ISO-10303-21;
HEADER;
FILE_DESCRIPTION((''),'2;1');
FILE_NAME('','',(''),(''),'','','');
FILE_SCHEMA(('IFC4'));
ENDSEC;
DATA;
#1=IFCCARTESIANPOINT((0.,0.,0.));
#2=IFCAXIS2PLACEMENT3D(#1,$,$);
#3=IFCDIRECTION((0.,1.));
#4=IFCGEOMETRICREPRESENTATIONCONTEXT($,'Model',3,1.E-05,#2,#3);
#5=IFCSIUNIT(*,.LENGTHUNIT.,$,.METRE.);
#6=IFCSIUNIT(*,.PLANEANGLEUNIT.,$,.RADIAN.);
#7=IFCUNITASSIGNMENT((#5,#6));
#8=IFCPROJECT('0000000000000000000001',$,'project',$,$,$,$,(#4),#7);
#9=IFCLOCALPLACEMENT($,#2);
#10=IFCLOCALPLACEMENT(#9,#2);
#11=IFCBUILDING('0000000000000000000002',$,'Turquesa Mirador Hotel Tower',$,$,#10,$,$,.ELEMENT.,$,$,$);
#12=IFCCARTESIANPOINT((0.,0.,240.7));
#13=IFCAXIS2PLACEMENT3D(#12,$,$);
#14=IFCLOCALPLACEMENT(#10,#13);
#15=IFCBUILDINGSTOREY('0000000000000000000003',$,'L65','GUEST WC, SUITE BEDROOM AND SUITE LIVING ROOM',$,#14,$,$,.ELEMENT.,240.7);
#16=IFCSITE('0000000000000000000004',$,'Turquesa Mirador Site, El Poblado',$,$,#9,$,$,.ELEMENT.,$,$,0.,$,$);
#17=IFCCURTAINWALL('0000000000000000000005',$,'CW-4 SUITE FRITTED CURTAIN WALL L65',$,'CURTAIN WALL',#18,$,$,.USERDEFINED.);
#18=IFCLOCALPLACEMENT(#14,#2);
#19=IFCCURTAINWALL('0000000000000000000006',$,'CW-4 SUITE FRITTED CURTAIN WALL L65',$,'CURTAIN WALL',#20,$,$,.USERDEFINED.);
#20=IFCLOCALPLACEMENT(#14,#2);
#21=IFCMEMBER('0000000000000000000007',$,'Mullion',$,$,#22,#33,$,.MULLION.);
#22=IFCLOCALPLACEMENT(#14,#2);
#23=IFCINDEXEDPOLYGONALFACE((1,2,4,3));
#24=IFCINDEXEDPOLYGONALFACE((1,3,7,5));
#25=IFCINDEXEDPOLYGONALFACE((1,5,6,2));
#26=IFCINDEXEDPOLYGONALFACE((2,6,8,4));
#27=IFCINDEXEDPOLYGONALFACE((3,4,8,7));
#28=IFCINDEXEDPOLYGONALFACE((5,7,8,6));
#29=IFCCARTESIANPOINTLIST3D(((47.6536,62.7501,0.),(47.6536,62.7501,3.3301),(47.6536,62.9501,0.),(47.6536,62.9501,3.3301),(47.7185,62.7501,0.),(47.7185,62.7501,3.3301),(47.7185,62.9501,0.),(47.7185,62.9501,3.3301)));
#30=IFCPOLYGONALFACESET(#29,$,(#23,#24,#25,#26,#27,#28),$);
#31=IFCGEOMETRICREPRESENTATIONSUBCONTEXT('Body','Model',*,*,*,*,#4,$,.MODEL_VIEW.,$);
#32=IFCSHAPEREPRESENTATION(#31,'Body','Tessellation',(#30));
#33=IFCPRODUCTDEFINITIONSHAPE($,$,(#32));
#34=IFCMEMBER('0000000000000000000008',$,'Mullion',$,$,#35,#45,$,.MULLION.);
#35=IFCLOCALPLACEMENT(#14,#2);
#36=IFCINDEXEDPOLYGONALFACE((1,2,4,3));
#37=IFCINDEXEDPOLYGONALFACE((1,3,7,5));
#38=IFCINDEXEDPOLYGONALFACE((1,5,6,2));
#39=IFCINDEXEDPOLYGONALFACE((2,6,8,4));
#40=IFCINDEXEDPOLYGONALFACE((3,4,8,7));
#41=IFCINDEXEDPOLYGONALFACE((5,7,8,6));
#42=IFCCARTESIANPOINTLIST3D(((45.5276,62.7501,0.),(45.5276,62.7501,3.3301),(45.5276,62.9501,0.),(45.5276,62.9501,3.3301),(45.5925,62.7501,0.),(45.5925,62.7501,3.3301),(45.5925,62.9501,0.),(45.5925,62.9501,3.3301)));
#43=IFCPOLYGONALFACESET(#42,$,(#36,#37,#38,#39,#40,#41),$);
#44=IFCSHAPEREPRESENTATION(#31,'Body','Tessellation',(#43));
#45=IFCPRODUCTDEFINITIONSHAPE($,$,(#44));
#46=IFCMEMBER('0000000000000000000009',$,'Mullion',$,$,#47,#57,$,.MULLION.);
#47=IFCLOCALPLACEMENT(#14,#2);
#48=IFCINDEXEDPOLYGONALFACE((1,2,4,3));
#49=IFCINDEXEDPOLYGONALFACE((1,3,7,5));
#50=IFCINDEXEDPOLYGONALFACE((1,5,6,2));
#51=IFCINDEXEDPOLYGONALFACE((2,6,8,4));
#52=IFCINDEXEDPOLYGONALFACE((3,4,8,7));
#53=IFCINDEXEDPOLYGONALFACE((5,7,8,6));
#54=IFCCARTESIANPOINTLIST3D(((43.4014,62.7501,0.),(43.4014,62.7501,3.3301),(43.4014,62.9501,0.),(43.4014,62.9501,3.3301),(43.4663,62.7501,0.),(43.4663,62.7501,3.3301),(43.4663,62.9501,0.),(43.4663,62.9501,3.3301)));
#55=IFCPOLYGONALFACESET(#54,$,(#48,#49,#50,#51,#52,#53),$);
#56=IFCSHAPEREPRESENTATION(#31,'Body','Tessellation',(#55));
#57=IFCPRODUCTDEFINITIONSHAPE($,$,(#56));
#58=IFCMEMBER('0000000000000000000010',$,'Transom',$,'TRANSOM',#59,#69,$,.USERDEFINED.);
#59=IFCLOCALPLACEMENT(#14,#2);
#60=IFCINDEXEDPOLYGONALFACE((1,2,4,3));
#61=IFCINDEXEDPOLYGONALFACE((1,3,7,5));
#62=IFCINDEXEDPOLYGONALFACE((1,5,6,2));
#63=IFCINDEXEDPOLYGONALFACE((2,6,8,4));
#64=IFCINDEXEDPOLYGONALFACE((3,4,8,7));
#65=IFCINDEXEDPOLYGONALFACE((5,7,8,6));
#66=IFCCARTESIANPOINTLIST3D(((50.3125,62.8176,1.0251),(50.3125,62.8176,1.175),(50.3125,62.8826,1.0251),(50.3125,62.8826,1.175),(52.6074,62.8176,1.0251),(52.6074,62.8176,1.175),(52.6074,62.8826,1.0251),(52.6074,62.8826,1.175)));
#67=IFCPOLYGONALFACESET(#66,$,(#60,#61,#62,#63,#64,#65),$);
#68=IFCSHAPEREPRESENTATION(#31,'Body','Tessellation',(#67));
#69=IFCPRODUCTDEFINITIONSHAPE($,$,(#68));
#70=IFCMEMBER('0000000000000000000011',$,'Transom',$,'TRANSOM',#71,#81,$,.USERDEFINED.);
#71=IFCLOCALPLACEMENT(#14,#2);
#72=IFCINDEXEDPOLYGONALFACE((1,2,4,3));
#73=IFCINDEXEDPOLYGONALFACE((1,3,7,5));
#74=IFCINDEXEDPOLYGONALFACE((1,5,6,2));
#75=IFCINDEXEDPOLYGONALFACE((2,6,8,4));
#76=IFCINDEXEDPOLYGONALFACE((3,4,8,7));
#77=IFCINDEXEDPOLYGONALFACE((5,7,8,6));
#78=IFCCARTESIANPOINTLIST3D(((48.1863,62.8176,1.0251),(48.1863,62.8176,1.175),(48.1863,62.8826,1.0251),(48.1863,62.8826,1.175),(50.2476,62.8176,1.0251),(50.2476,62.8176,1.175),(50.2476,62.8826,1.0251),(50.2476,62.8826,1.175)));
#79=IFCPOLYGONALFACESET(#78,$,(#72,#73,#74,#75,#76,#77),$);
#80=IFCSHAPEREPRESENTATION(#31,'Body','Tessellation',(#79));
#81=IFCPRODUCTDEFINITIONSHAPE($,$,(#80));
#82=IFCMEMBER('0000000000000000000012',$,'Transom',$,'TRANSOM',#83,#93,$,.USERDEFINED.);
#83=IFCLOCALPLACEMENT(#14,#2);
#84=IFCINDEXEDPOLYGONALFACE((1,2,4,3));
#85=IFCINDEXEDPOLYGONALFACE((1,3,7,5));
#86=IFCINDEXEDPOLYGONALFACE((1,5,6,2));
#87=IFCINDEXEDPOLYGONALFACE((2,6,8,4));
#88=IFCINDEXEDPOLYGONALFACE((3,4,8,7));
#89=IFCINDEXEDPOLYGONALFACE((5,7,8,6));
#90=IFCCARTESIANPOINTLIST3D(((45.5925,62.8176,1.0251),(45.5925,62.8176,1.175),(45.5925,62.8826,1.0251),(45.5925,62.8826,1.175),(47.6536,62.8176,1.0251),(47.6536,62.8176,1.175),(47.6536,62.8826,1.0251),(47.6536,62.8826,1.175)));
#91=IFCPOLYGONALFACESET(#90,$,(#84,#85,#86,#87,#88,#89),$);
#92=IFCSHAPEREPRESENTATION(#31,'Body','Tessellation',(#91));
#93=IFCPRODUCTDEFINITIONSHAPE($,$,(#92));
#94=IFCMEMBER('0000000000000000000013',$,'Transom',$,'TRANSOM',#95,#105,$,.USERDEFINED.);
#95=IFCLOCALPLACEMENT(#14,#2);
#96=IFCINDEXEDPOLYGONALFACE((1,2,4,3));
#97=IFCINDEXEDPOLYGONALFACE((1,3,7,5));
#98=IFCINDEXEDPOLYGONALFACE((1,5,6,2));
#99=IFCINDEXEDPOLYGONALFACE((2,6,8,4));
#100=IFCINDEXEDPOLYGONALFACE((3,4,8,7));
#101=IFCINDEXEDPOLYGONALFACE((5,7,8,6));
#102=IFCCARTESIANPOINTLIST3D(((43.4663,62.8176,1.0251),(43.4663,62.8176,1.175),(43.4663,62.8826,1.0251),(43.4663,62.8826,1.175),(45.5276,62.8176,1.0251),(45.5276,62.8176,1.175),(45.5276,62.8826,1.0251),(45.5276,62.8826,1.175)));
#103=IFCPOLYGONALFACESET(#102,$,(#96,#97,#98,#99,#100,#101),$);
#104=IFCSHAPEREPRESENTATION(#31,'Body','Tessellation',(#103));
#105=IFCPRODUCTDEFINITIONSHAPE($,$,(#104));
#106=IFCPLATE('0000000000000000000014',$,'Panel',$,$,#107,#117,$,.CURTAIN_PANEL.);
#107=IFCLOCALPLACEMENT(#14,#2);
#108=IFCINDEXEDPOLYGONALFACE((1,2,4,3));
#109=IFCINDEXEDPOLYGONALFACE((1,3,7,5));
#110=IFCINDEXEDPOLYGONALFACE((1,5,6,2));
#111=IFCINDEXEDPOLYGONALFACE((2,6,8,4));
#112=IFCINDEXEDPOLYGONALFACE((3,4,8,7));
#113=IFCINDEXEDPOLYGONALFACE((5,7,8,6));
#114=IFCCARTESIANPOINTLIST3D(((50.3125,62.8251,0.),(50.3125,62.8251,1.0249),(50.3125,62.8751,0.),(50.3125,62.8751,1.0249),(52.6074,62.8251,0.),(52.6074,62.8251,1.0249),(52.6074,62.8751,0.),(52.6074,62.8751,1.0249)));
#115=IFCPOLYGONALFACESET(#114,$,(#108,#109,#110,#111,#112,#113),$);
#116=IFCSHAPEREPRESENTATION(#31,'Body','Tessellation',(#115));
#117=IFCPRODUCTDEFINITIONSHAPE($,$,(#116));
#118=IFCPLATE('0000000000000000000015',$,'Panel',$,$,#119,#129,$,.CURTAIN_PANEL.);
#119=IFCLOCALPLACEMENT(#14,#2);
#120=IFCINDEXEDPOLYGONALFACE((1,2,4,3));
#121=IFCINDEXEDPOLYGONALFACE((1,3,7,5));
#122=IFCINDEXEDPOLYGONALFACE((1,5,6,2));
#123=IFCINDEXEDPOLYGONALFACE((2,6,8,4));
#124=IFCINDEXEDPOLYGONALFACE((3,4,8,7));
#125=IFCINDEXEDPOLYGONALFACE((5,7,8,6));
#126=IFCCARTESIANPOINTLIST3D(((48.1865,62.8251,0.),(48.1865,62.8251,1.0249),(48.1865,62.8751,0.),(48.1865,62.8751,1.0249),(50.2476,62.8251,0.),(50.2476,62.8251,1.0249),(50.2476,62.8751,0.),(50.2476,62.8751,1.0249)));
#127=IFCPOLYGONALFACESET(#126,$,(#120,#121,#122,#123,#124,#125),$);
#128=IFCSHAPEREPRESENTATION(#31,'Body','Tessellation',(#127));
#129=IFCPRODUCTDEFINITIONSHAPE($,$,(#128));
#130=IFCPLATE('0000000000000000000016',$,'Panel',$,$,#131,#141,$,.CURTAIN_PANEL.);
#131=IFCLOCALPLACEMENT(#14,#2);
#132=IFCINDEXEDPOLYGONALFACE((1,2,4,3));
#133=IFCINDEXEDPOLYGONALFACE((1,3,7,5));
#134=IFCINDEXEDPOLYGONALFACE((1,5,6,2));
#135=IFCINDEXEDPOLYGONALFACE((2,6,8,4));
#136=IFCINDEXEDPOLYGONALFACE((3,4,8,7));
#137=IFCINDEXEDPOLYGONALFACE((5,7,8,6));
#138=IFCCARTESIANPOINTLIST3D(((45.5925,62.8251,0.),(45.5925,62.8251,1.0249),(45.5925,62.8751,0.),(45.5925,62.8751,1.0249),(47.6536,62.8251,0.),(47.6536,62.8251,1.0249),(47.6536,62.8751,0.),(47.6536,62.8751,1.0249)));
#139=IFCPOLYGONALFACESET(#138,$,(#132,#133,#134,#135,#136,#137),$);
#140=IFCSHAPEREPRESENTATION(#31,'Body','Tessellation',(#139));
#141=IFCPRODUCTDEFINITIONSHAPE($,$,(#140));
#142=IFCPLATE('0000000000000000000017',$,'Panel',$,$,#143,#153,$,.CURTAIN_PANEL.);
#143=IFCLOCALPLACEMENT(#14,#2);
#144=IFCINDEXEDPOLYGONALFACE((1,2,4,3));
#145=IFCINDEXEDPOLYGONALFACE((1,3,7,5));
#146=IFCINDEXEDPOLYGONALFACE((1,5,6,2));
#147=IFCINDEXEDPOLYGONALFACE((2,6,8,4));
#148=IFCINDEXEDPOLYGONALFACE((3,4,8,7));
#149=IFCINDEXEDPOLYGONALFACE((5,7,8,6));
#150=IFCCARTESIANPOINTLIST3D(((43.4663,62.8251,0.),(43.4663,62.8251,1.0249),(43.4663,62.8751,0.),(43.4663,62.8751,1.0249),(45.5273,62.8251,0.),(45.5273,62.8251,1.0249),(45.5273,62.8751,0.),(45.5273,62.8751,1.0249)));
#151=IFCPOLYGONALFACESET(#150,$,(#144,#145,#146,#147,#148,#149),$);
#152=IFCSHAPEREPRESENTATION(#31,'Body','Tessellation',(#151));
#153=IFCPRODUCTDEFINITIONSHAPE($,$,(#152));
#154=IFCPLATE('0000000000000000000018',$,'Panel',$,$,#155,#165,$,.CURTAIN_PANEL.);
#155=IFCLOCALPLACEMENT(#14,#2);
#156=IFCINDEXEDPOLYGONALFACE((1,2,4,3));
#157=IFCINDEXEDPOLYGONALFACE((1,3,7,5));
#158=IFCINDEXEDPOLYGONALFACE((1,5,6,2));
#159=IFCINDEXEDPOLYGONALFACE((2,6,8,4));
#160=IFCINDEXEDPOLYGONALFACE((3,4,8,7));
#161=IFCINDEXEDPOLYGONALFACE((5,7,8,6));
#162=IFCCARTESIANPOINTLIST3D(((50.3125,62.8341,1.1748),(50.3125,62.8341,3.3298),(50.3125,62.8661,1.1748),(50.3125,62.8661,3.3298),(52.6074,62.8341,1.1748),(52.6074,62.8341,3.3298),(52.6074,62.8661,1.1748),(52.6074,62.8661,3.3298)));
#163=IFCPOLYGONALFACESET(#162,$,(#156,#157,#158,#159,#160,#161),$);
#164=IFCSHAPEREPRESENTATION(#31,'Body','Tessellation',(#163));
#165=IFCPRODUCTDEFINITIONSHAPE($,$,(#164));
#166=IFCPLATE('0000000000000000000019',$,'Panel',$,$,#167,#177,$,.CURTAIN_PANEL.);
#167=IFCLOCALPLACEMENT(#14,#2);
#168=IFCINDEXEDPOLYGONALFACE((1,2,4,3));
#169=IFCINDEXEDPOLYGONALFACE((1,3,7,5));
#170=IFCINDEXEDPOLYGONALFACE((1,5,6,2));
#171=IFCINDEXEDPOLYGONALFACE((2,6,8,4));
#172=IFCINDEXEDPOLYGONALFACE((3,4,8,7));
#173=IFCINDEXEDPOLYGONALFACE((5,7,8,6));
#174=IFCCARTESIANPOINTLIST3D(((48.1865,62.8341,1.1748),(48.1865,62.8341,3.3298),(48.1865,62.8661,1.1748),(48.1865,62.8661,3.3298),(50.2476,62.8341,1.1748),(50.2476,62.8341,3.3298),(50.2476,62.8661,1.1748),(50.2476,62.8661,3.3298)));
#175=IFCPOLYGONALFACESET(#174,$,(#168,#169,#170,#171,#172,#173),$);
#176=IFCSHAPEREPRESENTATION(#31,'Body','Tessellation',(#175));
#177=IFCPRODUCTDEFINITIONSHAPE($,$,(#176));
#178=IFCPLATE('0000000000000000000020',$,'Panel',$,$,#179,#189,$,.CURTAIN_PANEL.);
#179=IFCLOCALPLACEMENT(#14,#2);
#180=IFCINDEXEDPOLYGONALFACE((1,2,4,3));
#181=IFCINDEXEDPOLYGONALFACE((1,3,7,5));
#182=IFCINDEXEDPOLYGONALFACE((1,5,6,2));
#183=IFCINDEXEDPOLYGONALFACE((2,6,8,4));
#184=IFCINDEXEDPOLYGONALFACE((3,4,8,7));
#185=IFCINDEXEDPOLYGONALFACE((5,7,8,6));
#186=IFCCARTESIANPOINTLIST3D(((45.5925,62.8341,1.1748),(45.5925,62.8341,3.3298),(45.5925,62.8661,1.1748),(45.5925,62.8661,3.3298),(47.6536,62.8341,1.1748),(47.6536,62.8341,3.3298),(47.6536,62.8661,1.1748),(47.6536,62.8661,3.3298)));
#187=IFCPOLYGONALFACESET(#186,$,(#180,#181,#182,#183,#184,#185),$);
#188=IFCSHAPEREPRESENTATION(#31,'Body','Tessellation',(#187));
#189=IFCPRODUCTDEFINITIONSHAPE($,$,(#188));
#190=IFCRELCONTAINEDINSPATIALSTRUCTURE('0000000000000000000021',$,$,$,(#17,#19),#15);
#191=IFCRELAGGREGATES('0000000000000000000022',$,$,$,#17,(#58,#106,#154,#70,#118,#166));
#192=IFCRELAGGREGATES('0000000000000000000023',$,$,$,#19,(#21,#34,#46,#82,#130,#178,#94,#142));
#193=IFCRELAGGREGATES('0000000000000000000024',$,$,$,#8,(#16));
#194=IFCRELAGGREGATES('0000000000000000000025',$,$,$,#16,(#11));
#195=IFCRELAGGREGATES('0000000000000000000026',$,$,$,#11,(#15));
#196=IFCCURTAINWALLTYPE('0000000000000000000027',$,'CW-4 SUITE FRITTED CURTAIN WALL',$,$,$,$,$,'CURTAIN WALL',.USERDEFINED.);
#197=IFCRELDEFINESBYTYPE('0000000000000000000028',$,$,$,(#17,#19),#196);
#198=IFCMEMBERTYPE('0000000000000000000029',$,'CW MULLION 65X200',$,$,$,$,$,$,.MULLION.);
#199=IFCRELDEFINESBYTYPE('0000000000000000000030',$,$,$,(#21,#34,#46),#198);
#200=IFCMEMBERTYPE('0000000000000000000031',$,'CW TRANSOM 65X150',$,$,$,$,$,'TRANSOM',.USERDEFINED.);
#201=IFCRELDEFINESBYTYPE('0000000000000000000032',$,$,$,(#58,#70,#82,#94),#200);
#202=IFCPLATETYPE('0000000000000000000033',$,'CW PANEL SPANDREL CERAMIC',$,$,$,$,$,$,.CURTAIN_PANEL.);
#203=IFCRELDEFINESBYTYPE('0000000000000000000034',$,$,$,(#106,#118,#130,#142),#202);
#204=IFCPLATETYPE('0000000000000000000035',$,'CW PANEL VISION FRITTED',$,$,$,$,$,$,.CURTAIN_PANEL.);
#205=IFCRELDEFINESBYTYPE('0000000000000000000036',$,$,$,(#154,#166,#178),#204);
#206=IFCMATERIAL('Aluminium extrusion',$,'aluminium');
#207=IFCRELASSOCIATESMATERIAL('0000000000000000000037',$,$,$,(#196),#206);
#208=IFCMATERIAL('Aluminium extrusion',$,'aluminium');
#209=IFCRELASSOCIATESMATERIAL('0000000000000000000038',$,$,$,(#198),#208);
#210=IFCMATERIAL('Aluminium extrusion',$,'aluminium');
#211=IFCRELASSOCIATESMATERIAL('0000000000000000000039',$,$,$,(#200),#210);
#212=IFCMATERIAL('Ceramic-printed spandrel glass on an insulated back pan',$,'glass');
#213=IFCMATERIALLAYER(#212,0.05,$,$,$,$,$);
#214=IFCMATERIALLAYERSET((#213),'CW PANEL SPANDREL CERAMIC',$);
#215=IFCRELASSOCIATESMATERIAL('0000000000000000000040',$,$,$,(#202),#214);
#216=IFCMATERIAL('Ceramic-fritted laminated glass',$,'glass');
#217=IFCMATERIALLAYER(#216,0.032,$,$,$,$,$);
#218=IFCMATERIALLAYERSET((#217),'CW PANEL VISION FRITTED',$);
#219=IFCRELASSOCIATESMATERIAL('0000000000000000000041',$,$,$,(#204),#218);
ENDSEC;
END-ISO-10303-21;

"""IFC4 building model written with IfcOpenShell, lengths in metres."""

from ifc_helpers import new_model, si_unit, direction, frame, origin, origin_2d, place, context, subcontext, project, spatial, rectangle, extrude, material, layer, layer_set, material_profile, profile_set, type_object, element, aggregate, save


model = new_model("IFC4")

# Units and contexts
model_context = context("Model", 3, precision=1e-05, world=origin(), true_north=direction((0.0, 1.0)))
body_context = subcontext(model_context, "Body", "Model", "MODEL_VIEW")
ifc_project = project(units=[si_unit("LENGTHUNIT", "METRE"), si_unit("PLANEANGLEUNIT", "RADIAN")], contexts=[model_context])

# Site, building, storey
site_placement = place(None, origin())
site = spatial("IfcSite", under=ifc_project, at=site_placement, Name="Turquesa Mirador Site, El Poblado", CompositionType="ELEMENT", RefElevation=0.0)
building_placement = place(site_placement, origin())
building = spatial("IfcBuilding", under=site, at=building_placement, Name="Turquesa Mirador Hotel Tower", CompositionType="ELEMENT")
storey_placement = place(building_placement, frame((0.0, 0.0, 240.7)))
storey = spatial("IfcBuildingStorey", under=building, at=storey_placement, Name="L65", Description="GUEST WC, SUITE BEDROOM AND SUITE LIVING ROOM", CompositionType="ELEMENT", Elevation=240.7)

# Curtain walls, members
ifc_material_1 = material(Name="Aluminium extrusion", Category="aluminium")
curtain_wall_type = type_object("IfcCurtainWallType", Name="CW-4 SUITE FRITTED CURTAIN WALL", ElementType="CURTAIN WALL", PredefinedType="USERDEFINED", material=ifc_material_1)
curtain_wall_1_placement = place(storey_placement, origin())
curtain_wall_1 = element("IfcCurtainWall", 1, at=curtain_wall_1_placement, inside=storey, type_object=curtain_wall_type, Name="CW-4 SUITE FRITTED CURTAIN WALL L65", ObjectType="CURTAIN WALL", PredefinedType="USERDEFINED")
ifc_material_2 = material(Name="Aluminium extrusion", Category="aluminium")
ifc_material_profile_1 = material_profile(ifc_material_2, rectangle(XDim=0.0649, YDim=0.2, at=origin_2d()), Name="MULLION 65X200")
ifc_profile_set_1 = profile_set([ifc_material_profile_1], Name="Aluminium extrusion")
member_type_1 = type_object("IfcMemberType", Name="CW MULLION 65X200", PredefinedType="MULLION", material=ifc_profile_set_1)
curtain_wall_2_placement = place(storey_placement, origin())
curtain_wall_2 = element("IfcCurtainWall", 2, at=curtain_wall_2_placement, inside=storey, type_object=curtain_wall_type, Name="CW-4 SUITE FRITTED CURTAIN WALL L65", ObjectType="CURTAIN WALL", PredefinedType="USERDEFINED")
member_1_placement = place(storey_placement, frame((47.686, 62.8501, 0.0), z_axis=(0.0, 0.0, 1.0), x_axis=(-1.0, 0.0, 0.0)))
member_1 = element("IfcMember", 3, at=member_1_placement, type_object=member_type_1, Name="Mullion", PredefinedType="MULLION", context=body_context, shape_type="SweptSolid", body=[
    extrude(rectangle(XDim=0.0649, YDim=0.2, at=origin_2d()), origin(), (0.0, 0.0, 1.0), 3.3301),
])
member_2_placement = place(storey_placement, frame((45.5601, 62.8501, 0.0), z_axis=(0.0, 0.0, 1.0), x_axis=(-1.0, 0.0, 0.0)))
member_2 = element("IfcMember", 4, at=member_2_placement, type_object=member_type_1, Name="Mullion", PredefinedType="MULLION", context=body_context, shape_type="SweptSolid", body=[
    extrude(rectangle(XDim=0.0649, YDim=0.2, at=origin_2d()), origin(), (0.0, 0.0, 1.0), 3.3301),
])
member_3_placement = place(storey_placement, frame((43.4338, 62.8501, 0.0), z_axis=(0.0, 0.0, 1.0), x_axis=(-1.0, 0.0, 0.0)))
member_3 = element("IfcMember", 5, at=member_3_placement, type_object=member_type_1, Name="Mullion", PredefinedType="MULLION", context=body_context, shape_type="SweptSolid", body=[
    extrude(rectangle(XDim=0.0649, YDim=0.2, at=origin_2d()), origin(), (0.0, 0.0, 1.0), 3.3301),
])

# Members
ifc_material_3 = material(Name="Aluminium extrusion", Category="aluminium")
ifc_material_profile_2 = material_profile(ifc_material_3, rectangle(XDim=0.0649, YDim=0.1499, at=origin_2d()), Name="TRANSOM 65X150")
ifc_profile_set_2 = profile_set([ifc_material_profile_2], Name="Aluminium extrusion")
member_type_2 = type_object("IfcMemberType", Name="CW TRANSOM 65X150", ElementType="TRANSOM", PredefinedType="USERDEFINED", material=ifc_profile_set_2)
member_4_placement = place(storey_placement, frame((52.6074, 62.8501, 1.1001), z_axis=(-1.0, 0.0, 0.0), x_axis=(0.0, -1.0, 0.0)))
member_4 = element("IfcMember", 6, at=member_4_placement, type_object=member_type_2, Name="Transom", ObjectType="TRANSOM", PredefinedType="USERDEFINED", context=body_context, shape_type="SweptSolid", body=[
    extrude(rectangle(XDim=0.0649, YDim=0.1499, at=origin_2d()), origin(), (0.0, 0.0, 1.0), 2.2949),
])
member_5_placement = place(storey_placement, frame((50.2476, 62.8501, 1.1001), z_axis=(-1.0, 0.0, 0.0), x_axis=(0.0, -1.0, 0.0)))
member_5 = element("IfcMember", 7, at=member_5_placement, type_object=member_type_2, Name="Transom", ObjectType="TRANSOM", PredefinedType="USERDEFINED", context=body_context, shape_type="SweptSolid", body=[
    extrude(rectangle(XDim=0.0649, YDim=0.1499, at=origin_2d()), origin(), (0.0, 0.0, 1.0), 2.0613),
])
member_6_placement = place(storey_placement, frame((47.6536, 62.8501, 1.1001), z_axis=(-1.0, 0.0, 0.0), x_axis=(0.0, -1.0, 0.0)))
member_6 = element("IfcMember", 8, at=member_6_placement, type_object=member_type_2, Name="Transom", ObjectType="TRANSOM", PredefinedType="USERDEFINED", context=body_context, shape_type="SweptSolid", body=[
    extrude(rectangle(XDim=0.0649, YDim=0.1499, at=origin_2d()), origin(), (0.0, 0.0, 1.0), 2.061),
])
member_7_placement = place(storey_placement, frame((45.5276, 62.8501, 1.1001), z_axis=(-1.0, 0.0, 0.0), x_axis=(0.0, -1.0, 0.0)))
member_7 = element("IfcMember", 9, at=member_7_placement, type_object=member_type_2, Name="Transom", ObjectType="TRANSOM", PredefinedType="USERDEFINED", context=body_context, shape_type="SweptSolid", body=[
    extrude(rectangle(XDim=0.0649, YDim=0.1499, at=origin_2d()), origin(), (0.0, 0.0, 1.0), 2.0613),
])

# Plates
ifc_material_4 = material(Name="Ceramic-printed spandrel glass on an insulated back pan", Category="glass")
ifc_layer_1 = layer(ifc_material_4, 0.05)
ifc_layer_set_1 = layer_set([ifc_layer_1], Name="CW PANEL SPANDREL CERAMIC")
plate_type_1 = type_object("IfcPlateType", Name="CW PANEL SPANDREL CERAMIC", PredefinedType="CURTAIN_PANEL", material=ifc_layer_set_1)
plate_1_placement = place(storey_placement, frame((51.46, 62.8501, 0.0), z_axis=(0.0, 0.0, 1.0), x_axis=(-1.0, 0.0, 0.0)))
plate_1 = element("IfcPlate", 10, at=plate_1_placement, type_object=plate_type_1, Name="Panel", PredefinedType="CURTAIN_PANEL", context=body_context, shape_type="SweptSolid", body=[
    extrude(rectangle(XDim=2.2949, YDim=0.05, at=origin_2d()), origin(), (0.0, 0.0, 1.0), 1.0249),
])
plate_2_placement = place(storey_placement, frame((49.217, 62.8501, 0.0), z_axis=(0.0, 0.0, 1.0), x_axis=(-1.0, 0.0, 0.0)))
plate_2 = element("IfcPlate", 11, at=plate_2_placement, type_object=plate_type_1, Name="Panel", PredefinedType="CURTAIN_PANEL", context=body_context, shape_type="SweptSolid", body=[
    extrude(rectangle(XDim=2.061, YDim=0.05, at=origin_2d()), origin(), (0.0, 0.0, 1.0), 1.0249),
])
plate_3_placement = place(storey_placement, frame((46.623, 62.8501, 0.0), z_axis=(0.0, 0.0, 1.0), x_axis=(-1.0, 0.0, 0.0)))
plate_3 = element("IfcPlate", 12, at=plate_3_placement, type_object=plate_type_1, Name="Panel", PredefinedType="CURTAIN_PANEL", context=body_context, shape_type="SweptSolid", body=[
    extrude(rectangle(XDim=2.061, YDim=0.05, at=origin_2d()), origin(), (0.0, 0.0, 1.0), 1.0249),
])
plate_4_placement = place(storey_placement, frame((44.4968, 62.8501, 0.0), z_axis=(0.0, 0.0, 1.0), x_axis=(-1.0, 0.0, 0.0)))
plate_4 = element("IfcPlate", 13, at=plate_4_placement, type_object=plate_type_1, Name="Panel", PredefinedType="CURTAIN_PANEL", context=body_context, shape_type="SweptSolid", body=[
    extrude(rectangle(XDim=2.061, YDim=0.05, at=origin_2d()), origin(), (0.0, 0.0, 1.0), 1.0249),
])
ifc_material_5 = material(Name="Ceramic-fritted laminated glass", Category="glass")
ifc_layer_2 = layer(ifc_material_5, 0.032)
ifc_layer_set_2 = layer_set([ifc_layer_2], Name="CW PANEL VISION FRITTED")
plate_type_2 = type_object("IfcPlateType", Name="CW PANEL VISION FRITTED", PredefinedType="CURTAIN_PANEL", material=ifc_layer_set_2)
plate_5_placement = place(storey_placement, frame((51.46, 62.8501, 1.1748), z_axis=(0.0, 0.0, 1.0), x_axis=(-1.0, 0.0, 0.0)))
plate_5 = element("IfcPlate", 14, at=plate_5_placement, type_object=plate_type_2, Name="Panel", PredefinedType="CURTAIN_PANEL", context=body_context, shape_type="SweptSolid", body=[
    extrude(rectangle(XDim=2.2949, YDim=0.032, at=origin_2d()), origin(), (0.0, 0.0, 1.0), 2.155),
])
plate_6_placement = place(storey_placement, frame((49.217, 62.8501, 1.1748), z_axis=(0.0, 0.0, 1.0), x_axis=(-1.0, 0.0, 0.0)))
plate_6 = element("IfcPlate", 15, at=plate_6_placement, type_object=plate_type_2, Name="Panel", PredefinedType="CURTAIN_PANEL", context=body_context, shape_type="SweptSolid", body=[
    extrude(rectangle(XDim=2.061, YDim=0.032, at=origin_2d()), origin(), (0.0, 0.0, 1.0), 2.155),
])
aggregate(curtain_wall_1, [member_4, plate_1, plate_5, member_5, plate_2, plate_6])
plate_7_placement = place(storey_placement, frame((46.623, 62.8501, 1.1748), z_axis=(0.0, 0.0, 1.0), x_axis=(-1.0, 0.0, 0.0)))
plate_7 = element("IfcPlate", 16, at=plate_7_placement, type_object=plate_type_2, Name="Panel", PredefinedType="CURTAIN_PANEL", context=body_context, shape_type="SweptSolid", body=[
    extrude(rectangle(XDim=2.061, YDim=0.032, at=origin_2d()), origin(), (0.0, 0.0, 1.0), 2.155),
])
aggregate(curtain_wall_2, [member_1, member_2, member_3, member_6, plate_3, plate_7, member_7, plate_4])

save(model, "model.ifc")
